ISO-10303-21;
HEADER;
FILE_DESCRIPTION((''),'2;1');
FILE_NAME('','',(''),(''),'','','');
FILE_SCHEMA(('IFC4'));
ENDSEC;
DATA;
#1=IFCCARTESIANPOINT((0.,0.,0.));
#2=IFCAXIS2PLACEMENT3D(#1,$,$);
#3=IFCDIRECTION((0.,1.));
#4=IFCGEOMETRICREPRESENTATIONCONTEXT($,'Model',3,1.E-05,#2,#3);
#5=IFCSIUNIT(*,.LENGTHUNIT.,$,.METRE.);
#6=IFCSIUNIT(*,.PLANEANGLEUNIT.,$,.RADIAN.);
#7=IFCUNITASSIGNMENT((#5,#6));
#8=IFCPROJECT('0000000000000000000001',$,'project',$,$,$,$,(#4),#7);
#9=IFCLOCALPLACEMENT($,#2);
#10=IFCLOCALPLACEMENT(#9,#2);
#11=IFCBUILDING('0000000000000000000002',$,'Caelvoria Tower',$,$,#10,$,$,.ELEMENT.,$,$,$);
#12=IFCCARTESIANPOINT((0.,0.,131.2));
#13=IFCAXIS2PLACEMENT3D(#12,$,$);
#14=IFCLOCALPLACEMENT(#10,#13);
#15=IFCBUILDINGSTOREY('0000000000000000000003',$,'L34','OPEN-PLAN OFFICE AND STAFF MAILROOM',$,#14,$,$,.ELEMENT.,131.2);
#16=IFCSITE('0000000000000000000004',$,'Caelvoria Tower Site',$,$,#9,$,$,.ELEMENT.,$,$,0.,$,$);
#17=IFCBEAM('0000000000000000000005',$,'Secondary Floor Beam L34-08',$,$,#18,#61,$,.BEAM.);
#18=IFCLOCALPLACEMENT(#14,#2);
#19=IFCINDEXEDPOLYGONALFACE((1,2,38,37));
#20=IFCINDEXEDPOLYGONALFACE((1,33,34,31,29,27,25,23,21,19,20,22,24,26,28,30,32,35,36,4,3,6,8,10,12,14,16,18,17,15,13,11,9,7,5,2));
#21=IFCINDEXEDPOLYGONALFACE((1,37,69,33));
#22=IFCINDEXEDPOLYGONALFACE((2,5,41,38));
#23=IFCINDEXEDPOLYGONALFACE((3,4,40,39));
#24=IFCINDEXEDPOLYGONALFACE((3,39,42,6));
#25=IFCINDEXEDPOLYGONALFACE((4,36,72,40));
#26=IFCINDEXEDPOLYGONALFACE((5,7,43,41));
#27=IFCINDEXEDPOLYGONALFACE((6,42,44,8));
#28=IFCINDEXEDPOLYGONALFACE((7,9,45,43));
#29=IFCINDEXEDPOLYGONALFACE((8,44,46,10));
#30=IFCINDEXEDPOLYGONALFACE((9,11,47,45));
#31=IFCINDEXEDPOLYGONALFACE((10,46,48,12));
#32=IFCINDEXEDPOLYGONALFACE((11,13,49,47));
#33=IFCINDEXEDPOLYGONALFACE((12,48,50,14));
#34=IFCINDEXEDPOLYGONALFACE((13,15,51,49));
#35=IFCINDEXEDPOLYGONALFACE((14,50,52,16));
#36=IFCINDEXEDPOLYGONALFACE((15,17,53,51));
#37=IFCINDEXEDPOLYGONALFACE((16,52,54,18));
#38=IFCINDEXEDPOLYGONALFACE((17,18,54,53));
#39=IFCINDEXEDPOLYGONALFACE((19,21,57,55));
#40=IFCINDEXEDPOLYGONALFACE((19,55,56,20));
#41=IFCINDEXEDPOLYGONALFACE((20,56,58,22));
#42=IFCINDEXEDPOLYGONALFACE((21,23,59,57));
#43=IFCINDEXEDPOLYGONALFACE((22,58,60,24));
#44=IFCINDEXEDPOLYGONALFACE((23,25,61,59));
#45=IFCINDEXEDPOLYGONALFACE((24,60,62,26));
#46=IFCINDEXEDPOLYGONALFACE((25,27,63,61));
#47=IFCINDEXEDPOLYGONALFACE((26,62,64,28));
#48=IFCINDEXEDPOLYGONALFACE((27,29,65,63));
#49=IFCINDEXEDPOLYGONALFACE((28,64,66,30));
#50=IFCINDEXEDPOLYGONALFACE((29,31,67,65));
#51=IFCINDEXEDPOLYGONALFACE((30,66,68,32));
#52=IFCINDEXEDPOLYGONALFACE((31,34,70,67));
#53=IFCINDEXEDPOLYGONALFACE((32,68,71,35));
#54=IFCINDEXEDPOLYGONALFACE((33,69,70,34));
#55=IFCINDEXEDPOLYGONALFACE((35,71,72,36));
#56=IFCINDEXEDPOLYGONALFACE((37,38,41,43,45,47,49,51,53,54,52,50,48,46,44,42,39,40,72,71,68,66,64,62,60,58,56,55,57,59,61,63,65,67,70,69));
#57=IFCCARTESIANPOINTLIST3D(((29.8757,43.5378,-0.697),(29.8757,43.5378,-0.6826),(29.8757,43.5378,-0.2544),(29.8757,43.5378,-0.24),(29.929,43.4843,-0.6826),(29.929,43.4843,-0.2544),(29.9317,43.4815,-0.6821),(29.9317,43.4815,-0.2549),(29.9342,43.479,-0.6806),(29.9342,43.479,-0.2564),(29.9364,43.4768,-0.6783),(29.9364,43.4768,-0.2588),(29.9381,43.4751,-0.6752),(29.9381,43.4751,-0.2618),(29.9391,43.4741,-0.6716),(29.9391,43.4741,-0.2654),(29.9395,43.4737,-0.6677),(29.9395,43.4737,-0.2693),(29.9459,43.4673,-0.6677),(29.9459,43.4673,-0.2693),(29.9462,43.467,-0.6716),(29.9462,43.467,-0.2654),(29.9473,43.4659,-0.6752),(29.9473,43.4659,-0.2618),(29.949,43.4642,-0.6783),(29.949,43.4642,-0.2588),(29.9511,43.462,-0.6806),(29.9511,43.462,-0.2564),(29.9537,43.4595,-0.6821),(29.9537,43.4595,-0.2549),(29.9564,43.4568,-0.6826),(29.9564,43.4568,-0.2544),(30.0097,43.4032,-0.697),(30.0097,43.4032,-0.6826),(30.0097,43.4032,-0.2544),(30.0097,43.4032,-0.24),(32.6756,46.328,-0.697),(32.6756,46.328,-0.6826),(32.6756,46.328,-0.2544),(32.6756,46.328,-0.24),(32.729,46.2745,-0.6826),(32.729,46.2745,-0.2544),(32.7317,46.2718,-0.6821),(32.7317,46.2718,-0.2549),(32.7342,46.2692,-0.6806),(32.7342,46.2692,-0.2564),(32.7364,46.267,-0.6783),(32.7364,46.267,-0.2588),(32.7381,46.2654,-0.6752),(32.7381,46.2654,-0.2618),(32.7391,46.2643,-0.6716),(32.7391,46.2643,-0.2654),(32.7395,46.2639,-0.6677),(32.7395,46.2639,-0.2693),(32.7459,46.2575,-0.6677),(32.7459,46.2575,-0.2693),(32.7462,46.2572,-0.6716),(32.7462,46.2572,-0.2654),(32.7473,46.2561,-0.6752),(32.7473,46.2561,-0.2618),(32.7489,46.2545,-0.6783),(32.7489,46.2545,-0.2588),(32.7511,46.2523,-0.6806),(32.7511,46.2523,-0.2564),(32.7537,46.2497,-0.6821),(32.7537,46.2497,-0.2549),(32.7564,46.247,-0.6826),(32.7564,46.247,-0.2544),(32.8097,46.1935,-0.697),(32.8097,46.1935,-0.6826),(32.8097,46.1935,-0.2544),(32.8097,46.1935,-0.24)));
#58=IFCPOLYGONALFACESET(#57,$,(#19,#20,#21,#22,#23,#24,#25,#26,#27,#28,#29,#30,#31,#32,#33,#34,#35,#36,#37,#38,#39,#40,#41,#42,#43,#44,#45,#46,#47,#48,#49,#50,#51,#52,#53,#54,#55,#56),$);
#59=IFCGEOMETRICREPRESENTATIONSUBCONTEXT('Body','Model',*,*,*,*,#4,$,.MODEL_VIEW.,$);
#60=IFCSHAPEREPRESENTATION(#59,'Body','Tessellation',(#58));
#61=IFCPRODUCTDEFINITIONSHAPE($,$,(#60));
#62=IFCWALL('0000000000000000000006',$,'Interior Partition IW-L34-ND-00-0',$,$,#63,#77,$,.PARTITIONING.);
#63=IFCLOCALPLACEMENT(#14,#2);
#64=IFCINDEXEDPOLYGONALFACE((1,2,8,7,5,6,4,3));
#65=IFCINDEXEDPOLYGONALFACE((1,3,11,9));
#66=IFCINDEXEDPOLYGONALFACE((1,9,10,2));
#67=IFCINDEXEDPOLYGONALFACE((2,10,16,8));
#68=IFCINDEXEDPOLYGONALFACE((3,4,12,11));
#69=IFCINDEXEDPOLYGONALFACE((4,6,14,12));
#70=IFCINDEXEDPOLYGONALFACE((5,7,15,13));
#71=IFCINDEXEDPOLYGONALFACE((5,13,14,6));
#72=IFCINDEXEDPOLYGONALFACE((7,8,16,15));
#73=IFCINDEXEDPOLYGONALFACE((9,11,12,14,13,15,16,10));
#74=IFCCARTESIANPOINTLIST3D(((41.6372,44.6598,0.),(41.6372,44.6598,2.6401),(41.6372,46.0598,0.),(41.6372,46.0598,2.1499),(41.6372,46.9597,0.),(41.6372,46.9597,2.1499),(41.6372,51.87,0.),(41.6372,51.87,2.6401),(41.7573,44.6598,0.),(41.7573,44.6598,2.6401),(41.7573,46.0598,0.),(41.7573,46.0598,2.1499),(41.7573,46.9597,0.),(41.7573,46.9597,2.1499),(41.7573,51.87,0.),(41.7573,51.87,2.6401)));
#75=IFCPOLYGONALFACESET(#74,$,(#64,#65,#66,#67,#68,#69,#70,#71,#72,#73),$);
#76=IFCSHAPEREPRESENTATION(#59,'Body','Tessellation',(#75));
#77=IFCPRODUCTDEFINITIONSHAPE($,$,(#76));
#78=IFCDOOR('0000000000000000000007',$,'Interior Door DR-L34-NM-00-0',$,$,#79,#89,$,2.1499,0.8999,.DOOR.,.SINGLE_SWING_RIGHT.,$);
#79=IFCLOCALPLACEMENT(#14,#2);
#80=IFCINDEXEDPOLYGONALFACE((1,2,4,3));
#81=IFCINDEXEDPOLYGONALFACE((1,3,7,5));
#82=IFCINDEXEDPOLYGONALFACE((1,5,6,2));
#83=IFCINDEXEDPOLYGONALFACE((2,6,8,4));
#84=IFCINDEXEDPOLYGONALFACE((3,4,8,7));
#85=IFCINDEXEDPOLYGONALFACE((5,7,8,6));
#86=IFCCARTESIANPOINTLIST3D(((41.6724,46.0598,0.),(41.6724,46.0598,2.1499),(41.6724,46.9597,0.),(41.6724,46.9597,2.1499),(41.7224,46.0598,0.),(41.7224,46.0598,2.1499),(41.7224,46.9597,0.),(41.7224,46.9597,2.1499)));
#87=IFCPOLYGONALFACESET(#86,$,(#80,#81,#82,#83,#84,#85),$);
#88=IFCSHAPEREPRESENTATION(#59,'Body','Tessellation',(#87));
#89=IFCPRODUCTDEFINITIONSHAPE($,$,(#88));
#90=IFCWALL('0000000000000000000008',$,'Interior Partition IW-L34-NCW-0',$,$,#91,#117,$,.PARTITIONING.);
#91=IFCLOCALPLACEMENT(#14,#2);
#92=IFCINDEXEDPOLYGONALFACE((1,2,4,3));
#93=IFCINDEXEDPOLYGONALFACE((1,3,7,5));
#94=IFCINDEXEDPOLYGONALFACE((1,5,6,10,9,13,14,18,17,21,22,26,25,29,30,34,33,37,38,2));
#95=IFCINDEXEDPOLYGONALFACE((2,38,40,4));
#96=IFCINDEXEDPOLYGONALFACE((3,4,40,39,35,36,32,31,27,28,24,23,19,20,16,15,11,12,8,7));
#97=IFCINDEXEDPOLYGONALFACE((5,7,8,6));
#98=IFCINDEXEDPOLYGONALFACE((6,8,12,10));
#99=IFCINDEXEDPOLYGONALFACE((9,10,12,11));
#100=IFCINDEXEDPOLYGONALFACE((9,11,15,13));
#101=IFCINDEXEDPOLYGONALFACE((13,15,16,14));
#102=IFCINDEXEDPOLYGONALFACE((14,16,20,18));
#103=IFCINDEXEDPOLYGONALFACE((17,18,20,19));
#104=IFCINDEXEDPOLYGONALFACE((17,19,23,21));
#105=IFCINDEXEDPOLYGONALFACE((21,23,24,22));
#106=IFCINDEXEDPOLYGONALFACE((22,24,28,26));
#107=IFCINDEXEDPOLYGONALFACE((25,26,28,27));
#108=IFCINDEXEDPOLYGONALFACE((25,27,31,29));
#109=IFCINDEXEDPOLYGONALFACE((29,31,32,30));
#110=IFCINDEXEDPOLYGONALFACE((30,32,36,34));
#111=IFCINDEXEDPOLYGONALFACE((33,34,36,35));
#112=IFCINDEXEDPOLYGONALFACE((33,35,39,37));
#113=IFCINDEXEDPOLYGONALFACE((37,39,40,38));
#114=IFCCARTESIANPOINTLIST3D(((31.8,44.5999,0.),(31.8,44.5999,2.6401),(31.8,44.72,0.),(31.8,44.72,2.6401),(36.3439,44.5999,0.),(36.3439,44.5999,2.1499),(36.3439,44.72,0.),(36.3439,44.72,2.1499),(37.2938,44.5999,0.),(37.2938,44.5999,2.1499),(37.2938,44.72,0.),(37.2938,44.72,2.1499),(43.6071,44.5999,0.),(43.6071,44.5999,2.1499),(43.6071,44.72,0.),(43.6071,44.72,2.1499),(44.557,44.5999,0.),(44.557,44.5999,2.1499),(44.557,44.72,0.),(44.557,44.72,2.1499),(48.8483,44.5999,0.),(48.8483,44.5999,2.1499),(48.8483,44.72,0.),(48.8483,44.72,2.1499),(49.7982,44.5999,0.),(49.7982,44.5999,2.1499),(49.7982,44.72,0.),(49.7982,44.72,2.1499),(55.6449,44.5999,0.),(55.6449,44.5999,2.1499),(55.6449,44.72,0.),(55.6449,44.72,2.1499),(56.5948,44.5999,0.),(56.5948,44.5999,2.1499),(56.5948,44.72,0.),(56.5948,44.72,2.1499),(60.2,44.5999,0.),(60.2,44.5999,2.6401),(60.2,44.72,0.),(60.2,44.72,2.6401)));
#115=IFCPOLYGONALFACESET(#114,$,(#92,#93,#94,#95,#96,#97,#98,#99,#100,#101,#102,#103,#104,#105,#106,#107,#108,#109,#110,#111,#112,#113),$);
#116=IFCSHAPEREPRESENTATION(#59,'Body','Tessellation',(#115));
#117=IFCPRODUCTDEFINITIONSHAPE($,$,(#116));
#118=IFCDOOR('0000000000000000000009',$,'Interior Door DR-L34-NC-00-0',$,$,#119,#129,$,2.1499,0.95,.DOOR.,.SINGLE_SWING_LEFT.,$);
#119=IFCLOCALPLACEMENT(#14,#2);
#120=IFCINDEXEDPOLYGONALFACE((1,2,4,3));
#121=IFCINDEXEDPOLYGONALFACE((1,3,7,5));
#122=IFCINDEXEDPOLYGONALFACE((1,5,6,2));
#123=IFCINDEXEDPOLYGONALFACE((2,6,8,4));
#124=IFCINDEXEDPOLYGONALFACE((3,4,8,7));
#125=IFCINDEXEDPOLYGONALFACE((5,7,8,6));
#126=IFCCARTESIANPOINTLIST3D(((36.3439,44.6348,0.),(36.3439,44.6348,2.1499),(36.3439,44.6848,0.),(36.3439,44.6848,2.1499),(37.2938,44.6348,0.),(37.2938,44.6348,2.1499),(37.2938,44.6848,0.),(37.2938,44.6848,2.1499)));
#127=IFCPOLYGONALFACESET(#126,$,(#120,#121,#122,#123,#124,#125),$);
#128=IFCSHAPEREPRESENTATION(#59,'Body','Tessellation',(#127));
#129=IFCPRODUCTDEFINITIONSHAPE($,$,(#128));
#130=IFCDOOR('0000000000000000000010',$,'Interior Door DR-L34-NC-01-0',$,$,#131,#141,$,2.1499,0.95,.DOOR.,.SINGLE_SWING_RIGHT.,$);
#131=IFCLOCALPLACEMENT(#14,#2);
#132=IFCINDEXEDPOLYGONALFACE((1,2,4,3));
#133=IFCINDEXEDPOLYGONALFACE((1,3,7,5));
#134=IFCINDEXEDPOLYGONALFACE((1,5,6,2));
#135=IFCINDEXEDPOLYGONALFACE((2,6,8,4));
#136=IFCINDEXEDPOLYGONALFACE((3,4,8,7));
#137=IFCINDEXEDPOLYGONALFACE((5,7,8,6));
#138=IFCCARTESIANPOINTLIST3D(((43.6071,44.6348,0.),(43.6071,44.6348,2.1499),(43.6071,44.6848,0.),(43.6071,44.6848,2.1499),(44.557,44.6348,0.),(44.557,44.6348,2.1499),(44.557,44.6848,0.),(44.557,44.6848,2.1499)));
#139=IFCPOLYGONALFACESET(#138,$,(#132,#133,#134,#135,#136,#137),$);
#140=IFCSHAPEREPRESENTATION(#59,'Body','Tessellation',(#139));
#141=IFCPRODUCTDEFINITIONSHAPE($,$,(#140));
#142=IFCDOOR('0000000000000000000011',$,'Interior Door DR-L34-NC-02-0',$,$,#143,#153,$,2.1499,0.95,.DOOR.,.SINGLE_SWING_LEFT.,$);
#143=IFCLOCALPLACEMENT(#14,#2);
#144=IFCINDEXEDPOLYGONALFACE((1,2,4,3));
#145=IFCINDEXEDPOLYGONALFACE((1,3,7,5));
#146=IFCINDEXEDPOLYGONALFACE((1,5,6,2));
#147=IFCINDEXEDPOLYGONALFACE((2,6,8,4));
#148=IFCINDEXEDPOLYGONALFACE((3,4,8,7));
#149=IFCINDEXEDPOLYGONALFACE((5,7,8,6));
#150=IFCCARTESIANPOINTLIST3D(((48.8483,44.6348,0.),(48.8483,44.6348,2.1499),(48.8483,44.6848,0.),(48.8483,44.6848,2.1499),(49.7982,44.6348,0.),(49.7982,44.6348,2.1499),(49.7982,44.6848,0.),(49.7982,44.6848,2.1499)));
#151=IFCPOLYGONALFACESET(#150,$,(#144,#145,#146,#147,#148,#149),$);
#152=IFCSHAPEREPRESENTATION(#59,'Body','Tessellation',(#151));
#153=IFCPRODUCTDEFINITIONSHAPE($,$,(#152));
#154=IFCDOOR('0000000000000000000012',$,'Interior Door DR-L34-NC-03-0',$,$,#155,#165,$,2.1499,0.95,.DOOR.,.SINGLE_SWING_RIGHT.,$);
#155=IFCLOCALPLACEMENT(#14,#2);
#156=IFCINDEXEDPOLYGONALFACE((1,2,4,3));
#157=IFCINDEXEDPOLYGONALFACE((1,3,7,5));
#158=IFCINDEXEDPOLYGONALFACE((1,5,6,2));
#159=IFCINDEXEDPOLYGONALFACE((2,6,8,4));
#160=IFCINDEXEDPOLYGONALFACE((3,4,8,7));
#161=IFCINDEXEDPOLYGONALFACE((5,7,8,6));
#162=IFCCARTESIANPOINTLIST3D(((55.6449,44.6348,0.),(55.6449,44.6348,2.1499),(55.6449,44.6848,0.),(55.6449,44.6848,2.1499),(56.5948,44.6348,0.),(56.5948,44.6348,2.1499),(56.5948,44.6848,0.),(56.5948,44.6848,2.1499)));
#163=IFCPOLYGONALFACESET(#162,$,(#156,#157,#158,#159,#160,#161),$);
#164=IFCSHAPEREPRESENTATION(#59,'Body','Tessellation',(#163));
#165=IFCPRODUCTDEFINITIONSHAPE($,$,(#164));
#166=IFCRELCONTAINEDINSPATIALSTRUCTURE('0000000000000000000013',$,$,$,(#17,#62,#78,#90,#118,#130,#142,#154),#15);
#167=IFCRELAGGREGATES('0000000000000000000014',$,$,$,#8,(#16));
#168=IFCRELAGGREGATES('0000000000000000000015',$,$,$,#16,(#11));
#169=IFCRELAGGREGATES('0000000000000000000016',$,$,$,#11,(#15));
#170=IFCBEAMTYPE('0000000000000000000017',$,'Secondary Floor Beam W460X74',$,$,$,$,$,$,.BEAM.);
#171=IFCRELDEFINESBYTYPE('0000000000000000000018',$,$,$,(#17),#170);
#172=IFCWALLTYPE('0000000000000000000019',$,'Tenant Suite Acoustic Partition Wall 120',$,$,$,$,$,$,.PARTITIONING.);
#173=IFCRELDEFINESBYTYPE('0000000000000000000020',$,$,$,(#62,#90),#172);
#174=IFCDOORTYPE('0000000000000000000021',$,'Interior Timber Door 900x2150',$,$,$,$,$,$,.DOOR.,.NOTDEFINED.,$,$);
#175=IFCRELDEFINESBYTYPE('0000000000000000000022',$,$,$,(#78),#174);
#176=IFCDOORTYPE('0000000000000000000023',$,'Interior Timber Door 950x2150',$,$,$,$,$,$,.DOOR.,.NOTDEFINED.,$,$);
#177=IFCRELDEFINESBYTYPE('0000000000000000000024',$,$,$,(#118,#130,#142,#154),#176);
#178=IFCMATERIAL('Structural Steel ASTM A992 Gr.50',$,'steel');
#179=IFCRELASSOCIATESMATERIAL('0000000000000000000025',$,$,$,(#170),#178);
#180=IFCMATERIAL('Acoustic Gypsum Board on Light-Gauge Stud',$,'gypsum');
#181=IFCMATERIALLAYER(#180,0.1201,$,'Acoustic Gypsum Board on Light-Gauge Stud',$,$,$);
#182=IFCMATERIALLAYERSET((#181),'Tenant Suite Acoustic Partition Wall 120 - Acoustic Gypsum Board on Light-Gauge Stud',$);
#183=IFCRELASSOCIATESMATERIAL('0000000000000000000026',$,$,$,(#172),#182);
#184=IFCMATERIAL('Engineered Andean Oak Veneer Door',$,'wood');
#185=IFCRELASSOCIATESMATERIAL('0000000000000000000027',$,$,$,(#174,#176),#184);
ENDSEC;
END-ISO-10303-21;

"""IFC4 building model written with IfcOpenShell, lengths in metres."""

from ifc_helpers import new_model, si_unit, direction, frame, frame_2d, origin, origin_2d, place, context, subcontext, project, spatial, rectangle, i_section, extrude, material, layer, layer_set, material_profile, profile_set, type_object, element, fill, save


model = new_model("IFC4")

# Units and contexts
model_context = context("Model", 3, precision=1e-05, world=origin(), true_north=direction((0.0, 1.0)))
body_context = subcontext(model_context, "Body", "Model", "MODEL_VIEW")
ifc_project = project(units=[si_unit("LENGTHUNIT", "METRE"), si_unit("PLANEANGLEUNIT", "RADIAN")], contexts=[model_context])

# Site, building, storey
site_placement = place(None, origin())
site = spatial("IfcSite", under=ifc_project, at=site_placement, Name="Caelvoria Tower Site", CompositionType="ELEMENT", RefElevation=0.0)
building_placement = place(site_placement, origin())
building = spatial("IfcBuilding", under=site, at=building_placement, Name="Caelvoria Tower", CompositionType="ELEMENT")
storey_placement = place(building_placement, frame((0.0, 0.0, 131.2)))
storey = spatial("IfcBuildingStorey", under=building, at=storey_placement, Name="L34", Description="OPEN-PLAN OFFICE AND STAFF MAILROOM", CompositionType="ELEMENT", Elevation=131.2)

# Beam
ifc_material_1 = material(Name="Structural Steel ASTM A992 Gr.50", Category="steel")
ifc_material_profile = material_profile(ifc_material_1, i_section(OverallWidth=0.1899, OverallDepth=0.457, WebThickness=0.009, FlangeThickness=0.0144, FilletRadius=0.0149, at=origin_2d()), Name="Structural Steel ASTM A992 Gr.50")
ifc_profile_set = profile_set([ifc_material_profile], Name="W460X74 - Structural Steel ASTM A992 Gr.50")
beam_type = type_object("IfcBeamType", Name="Secondary Floor Beam W460X74", PredefinedType="BEAM", material=ifc_profile_set)
beam_placement = place(storey_placement, frame((32.7427, 46.2607, -0.4685), z_axis=(-0.708341, -0.70587, 0.0), x_axis=(0.70587, -0.708341, 0.0)))
element("IfcBeam", 1, at=beam_placement, inside=storey, type_object=beam_type, Name="Secondary Floor Beam L34-08", PredefinedType="BEAM", context=body_context, shape_type="SweptSolid", body=[
    extrude(i_section(OverallWidth=0.1899, OverallDepth=0.457, WebThickness=0.009, FlangeThickness=0.0144, FilletRadius=0.0149, at=origin_2d()), origin(), (0.0, 0.0, 1.0), 3.9529),
])

# Wall, opening, door
ifc_material_2 = material(Name="Acoustic Gypsum Board on Light-Gauge Stud", Category="gypsum")
ifc_layer_1 = layer(ifc_material_2, 0.1201, Name="Acoustic Gypsum Board on Light-Gauge Stud")
ifc_layer_set_1 = layer_set([ifc_layer_1], Name="Tenant Suite Acoustic Partition Wall 120 - Acoustic Gypsum Board on Light-Gauge Stud")
wall_type = type_object("IfcWallType", Name="Tenant Suite Acoustic Partition Wall 120", PredefinedType="PARTITIONING", material=ifc_layer_set_1)
wall_1_placement = place(storey_placement, frame((41.6973, 44.6599, 0.0), z_axis=(0.0, 0.0, 1.0), x_axis=(0.0, 1.0, 0.0)))
wall_1 = element("IfcWall", 2, at=wall_1_placement, inside=storey, type_object=wall_type, Name="Interior Partition IW-L34-ND-00-0", PredefinedType="PARTITIONING", context=body_context, shape_type="SweptSolid", body=[
    extrude(rectangle(XDim=7.2102, YDim=0.1201, at=frame_2d((3.605, 0.0))), origin(), (0.0, 0.0, 1.0), 2.6401),
])
opening_1_placement = place(wall_1_placement, frame((1.3999, 0.0, 0.0)))
opening_1 = element("IfcOpeningElement", 3, at=opening_1_placement, cuts=wall_1, PredefinedType="OPENING", context=body_context, shape_type="SweptSolid", body=[
    extrude(rectangle(XDim=0.8999, YDim=2.1499, at=frame_2d((0.45, 1.075))), frame((0.0, 0.0701, 0.0), z_axis=(0.0, -1.0, 0.0), x_axis=(1.0, 0.0, 0.0)), (0.0, 0.0, 1.0), 0.1401),
])
ifc_material_3 = material(Name="Engineered Andean Oak Veneer Door", Category="wood")
door_type_1 = type_object("IfcDoorType", Name="Interior Timber Door 900x2150", OperationType="NOTDEFINED", PredefinedType="DOOR", material=ifc_material_3)
door_1_placement = place(opening_1_placement, origin())
door_1 = element("IfcDoor", 4, at=door_1_placement, inside=storey, type_object=door_type_1, Name="Interior Door DR-L34-NM-00-0", OperationType="SINGLE_SWING_RIGHT", OverallHeight=2.1499, OverallWidth=0.8999, PredefinedType="DOOR", context=body_context, shape_type="SweptSolid", body=[
    extrude(rectangle(XDim=0.8999, YDim=2.1499, at=frame_2d((0.45, 1.075))), frame((0.0, 0.0249, 0.0), z_axis=(0.0, -1.0, 0.0), x_axis=(1.0, 0.0, 0.0)), (0.0, 0.0, 1.0), 0.05),
])
fill(opening_1, door_1)

# Wall, openings, doors
wall_2_placement = place(storey_placement, frame((31.8, 44.6599, 0.0), z_axis=(0.0, 0.0, 1.0), x_axis=(1.0, 0.0, 0.0)))
wall_2 = element("IfcWall", 5, at=wall_2_placement, inside=storey, type_object=wall_type, Name="Interior Partition IW-L34-NCW-0", PredefinedType="PARTITIONING", context=body_context, shape_type="SweptSolid", body=[
    extrude(rectangle(XDim=28.3999, YDim=0.1201, at=frame_2d((14.2, 0.0))), origin(), (0.0, 0.0, 1.0), 2.6401),
])
opening_2_placement = place(wall_2_placement, frame((4.5437, 0.0, 0.0)))
opening_2 = element("IfcOpeningElement", 6, at=opening_2_placement, cuts=wall_2, PredefinedType="OPENING", context=body_context, shape_type="SweptSolid", body=[
    extrude(rectangle(XDim=0.95, YDim=2.1499, at=frame_2d((0.4751, 1.075))), frame((0.0, 0.0701, 0.0), z_axis=(0.0, -1.0, 0.0), x_axis=(1.0, 0.0, 0.0)), (0.0, 0.0, 1.0), 0.1401),
])
opening_3_placement = place(wall_2_placement, frame((11.8069, 0.0, 0.0)))
opening_3 = element("IfcOpeningElement", 7, at=opening_3_placement, cuts=wall_2, PredefinedType="OPENING", context=body_context, shape_type="SweptSolid", body=[
    extrude(rectangle(XDim=0.95, YDim=2.1499, at=frame_2d((0.4751, 1.075))), frame((0.0, 0.0701, 0.0), z_axis=(0.0, -1.0, 0.0), x_axis=(1.0, 0.0, 0.0)), (0.0, 0.0, 1.0), 0.1401),
])
opening_4_placement = place(wall_2_placement, frame((17.0481, 0.0, 0.0)))
opening_4 = element("IfcOpeningElement", 8, at=opening_4_placement, cuts=wall_2, PredefinedType="OPENING", context=body_context, shape_type="SweptSolid", body=[
    extrude(rectangle(XDim=0.95, YDim=2.1499, at=frame_2d((0.4751, 1.075))), frame((0.0, 0.0701, 0.0), z_axis=(0.0, -1.0, 0.0), x_axis=(1.0, 0.0, 0.0)), (0.0, 0.0, 1.0), 0.1401),
])
opening_5_placement = place(wall_2_placement, frame((23.8447, 0.0, 0.0)))
opening_5 = element("IfcOpeningElement", 9, at=opening_5_placement, cuts=wall_2, PredefinedType="OPENING", context=body_context, shape_type="SweptSolid", body=[
    extrude(rectangle(XDim=0.95, YDim=2.1499, at=frame_2d((0.4751, 1.075))), frame((0.0, 0.0701, 0.0), z_axis=(0.0, -1.0, 0.0), x_axis=(1.0, 0.0, 0.0)), (0.0, 0.0, 1.0), 0.1401),
])
door_type_2 = type_object("IfcDoorType", Name="Interior Timber Door 950x2150", OperationType="NOTDEFINED", PredefinedType="DOOR", material=ifc_material_3)
door_2_placement = place(opening_2_placement, origin())
door_2 = element("IfcDoor", 10, at=door_2_placement, inside=storey, type_object=door_type_2, Name="Interior Door DR-L34-NC-00-0", OperationType="SINGLE_SWING_LEFT", OverallHeight=2.1499, OverallWidth=0.95, PredefinedType="DOOR", context=body_context, shape_type="SweptSolid", body=[
    extrude(rectangle(XDim=0.95, YDim=2.1499, at=frame_2d((0.4751, 1.075))), frame((0.0, 0.0249, 0.0), z_axis=(0.0, -1.0, 0.0), x_axis=(1.0, 0.0, 0.0)), (0.0, 0.0, 1.0), 0.05),
])
fill(opening_2, door_2)
door_3_placement = place(opening_3_placement, origin())
door_3 = element("IfcDoor", 11, at=door_3_placement, inside=storey, type_object=door_type_2, Name="Interior Door DR-L34-NC-01-0", OperationType="SINGLE_SWING_RIGHT", OverallHeight=2.1499, OverallWidth=0.95, PredefinedType="DOOR", context=body_context, shape_type="SweptSolid", body=[
    extrude(rectangle(XDim=0.95, YDim=2.1499, at=frame_2d((0.4751, 1.075))), frame((0.0, 0.0249, 0.0), z_axis=(0.0, -1.0, 0.0), x_axis=(1.0, 0.0, 0.0)), (0.0, 0.0, 1.0), 0.05),
])
fill(opening_3, door_3)
door_4_placement = place(opening_4_placement, origin())
door_4 = element("IfcDoor", 12, at=door_4_placement, inside=storey, type_object=door_type_2, Name="Interior Door DR-L34-NC-02-0", OperationType="SINGLE_SWING_LEFT", OverallHeight=2.1499, OverallWidth=0.95, PredefinedType="DOOR", context=body_context, shape_type="SweptSolid", body=[
    extrude(rectangle(XDim=0.95, YDim=2.1499, at=frame_2d((0.4751, 1.075))), frame((0.0, 0.0249, 0.0), z_axis=(0.0, -1.0, 0.0), x_axis=(1.0, 0.0, 0.0)), (0.0, 0.0, 1.0), 0.05),
])
fill(opening_4, door_4)
door_5_placement = place(opening_5_placement, origin())
door_5 = element("IfcDoor", 13, at=door_5_placement, inside=storey, type_object=door_type_2, Name="Interior Door DR-L34-NC-03-0", OperationType="SINGLE_SWING_RIGHT", OverallHeight=2.1499, OverallWidth=0.95, PredefinedType="DOOR", context=body_context, shape_type="SweptSolid", body=[
    extrude(rectangle(XDim=0.95, YDim=2.1499, at=frame_2d((0.4751, 1.075))), frame((0.0, 0.0249, 0.0), z_axis=(0.0, -1.0, 0.0), x_axis=(1.0, 0.0, 0.0)), (0.0, 0.0, 1.0), 0.05),
])
fill(opening_5, door_5)

save(model, "model.ifc")
